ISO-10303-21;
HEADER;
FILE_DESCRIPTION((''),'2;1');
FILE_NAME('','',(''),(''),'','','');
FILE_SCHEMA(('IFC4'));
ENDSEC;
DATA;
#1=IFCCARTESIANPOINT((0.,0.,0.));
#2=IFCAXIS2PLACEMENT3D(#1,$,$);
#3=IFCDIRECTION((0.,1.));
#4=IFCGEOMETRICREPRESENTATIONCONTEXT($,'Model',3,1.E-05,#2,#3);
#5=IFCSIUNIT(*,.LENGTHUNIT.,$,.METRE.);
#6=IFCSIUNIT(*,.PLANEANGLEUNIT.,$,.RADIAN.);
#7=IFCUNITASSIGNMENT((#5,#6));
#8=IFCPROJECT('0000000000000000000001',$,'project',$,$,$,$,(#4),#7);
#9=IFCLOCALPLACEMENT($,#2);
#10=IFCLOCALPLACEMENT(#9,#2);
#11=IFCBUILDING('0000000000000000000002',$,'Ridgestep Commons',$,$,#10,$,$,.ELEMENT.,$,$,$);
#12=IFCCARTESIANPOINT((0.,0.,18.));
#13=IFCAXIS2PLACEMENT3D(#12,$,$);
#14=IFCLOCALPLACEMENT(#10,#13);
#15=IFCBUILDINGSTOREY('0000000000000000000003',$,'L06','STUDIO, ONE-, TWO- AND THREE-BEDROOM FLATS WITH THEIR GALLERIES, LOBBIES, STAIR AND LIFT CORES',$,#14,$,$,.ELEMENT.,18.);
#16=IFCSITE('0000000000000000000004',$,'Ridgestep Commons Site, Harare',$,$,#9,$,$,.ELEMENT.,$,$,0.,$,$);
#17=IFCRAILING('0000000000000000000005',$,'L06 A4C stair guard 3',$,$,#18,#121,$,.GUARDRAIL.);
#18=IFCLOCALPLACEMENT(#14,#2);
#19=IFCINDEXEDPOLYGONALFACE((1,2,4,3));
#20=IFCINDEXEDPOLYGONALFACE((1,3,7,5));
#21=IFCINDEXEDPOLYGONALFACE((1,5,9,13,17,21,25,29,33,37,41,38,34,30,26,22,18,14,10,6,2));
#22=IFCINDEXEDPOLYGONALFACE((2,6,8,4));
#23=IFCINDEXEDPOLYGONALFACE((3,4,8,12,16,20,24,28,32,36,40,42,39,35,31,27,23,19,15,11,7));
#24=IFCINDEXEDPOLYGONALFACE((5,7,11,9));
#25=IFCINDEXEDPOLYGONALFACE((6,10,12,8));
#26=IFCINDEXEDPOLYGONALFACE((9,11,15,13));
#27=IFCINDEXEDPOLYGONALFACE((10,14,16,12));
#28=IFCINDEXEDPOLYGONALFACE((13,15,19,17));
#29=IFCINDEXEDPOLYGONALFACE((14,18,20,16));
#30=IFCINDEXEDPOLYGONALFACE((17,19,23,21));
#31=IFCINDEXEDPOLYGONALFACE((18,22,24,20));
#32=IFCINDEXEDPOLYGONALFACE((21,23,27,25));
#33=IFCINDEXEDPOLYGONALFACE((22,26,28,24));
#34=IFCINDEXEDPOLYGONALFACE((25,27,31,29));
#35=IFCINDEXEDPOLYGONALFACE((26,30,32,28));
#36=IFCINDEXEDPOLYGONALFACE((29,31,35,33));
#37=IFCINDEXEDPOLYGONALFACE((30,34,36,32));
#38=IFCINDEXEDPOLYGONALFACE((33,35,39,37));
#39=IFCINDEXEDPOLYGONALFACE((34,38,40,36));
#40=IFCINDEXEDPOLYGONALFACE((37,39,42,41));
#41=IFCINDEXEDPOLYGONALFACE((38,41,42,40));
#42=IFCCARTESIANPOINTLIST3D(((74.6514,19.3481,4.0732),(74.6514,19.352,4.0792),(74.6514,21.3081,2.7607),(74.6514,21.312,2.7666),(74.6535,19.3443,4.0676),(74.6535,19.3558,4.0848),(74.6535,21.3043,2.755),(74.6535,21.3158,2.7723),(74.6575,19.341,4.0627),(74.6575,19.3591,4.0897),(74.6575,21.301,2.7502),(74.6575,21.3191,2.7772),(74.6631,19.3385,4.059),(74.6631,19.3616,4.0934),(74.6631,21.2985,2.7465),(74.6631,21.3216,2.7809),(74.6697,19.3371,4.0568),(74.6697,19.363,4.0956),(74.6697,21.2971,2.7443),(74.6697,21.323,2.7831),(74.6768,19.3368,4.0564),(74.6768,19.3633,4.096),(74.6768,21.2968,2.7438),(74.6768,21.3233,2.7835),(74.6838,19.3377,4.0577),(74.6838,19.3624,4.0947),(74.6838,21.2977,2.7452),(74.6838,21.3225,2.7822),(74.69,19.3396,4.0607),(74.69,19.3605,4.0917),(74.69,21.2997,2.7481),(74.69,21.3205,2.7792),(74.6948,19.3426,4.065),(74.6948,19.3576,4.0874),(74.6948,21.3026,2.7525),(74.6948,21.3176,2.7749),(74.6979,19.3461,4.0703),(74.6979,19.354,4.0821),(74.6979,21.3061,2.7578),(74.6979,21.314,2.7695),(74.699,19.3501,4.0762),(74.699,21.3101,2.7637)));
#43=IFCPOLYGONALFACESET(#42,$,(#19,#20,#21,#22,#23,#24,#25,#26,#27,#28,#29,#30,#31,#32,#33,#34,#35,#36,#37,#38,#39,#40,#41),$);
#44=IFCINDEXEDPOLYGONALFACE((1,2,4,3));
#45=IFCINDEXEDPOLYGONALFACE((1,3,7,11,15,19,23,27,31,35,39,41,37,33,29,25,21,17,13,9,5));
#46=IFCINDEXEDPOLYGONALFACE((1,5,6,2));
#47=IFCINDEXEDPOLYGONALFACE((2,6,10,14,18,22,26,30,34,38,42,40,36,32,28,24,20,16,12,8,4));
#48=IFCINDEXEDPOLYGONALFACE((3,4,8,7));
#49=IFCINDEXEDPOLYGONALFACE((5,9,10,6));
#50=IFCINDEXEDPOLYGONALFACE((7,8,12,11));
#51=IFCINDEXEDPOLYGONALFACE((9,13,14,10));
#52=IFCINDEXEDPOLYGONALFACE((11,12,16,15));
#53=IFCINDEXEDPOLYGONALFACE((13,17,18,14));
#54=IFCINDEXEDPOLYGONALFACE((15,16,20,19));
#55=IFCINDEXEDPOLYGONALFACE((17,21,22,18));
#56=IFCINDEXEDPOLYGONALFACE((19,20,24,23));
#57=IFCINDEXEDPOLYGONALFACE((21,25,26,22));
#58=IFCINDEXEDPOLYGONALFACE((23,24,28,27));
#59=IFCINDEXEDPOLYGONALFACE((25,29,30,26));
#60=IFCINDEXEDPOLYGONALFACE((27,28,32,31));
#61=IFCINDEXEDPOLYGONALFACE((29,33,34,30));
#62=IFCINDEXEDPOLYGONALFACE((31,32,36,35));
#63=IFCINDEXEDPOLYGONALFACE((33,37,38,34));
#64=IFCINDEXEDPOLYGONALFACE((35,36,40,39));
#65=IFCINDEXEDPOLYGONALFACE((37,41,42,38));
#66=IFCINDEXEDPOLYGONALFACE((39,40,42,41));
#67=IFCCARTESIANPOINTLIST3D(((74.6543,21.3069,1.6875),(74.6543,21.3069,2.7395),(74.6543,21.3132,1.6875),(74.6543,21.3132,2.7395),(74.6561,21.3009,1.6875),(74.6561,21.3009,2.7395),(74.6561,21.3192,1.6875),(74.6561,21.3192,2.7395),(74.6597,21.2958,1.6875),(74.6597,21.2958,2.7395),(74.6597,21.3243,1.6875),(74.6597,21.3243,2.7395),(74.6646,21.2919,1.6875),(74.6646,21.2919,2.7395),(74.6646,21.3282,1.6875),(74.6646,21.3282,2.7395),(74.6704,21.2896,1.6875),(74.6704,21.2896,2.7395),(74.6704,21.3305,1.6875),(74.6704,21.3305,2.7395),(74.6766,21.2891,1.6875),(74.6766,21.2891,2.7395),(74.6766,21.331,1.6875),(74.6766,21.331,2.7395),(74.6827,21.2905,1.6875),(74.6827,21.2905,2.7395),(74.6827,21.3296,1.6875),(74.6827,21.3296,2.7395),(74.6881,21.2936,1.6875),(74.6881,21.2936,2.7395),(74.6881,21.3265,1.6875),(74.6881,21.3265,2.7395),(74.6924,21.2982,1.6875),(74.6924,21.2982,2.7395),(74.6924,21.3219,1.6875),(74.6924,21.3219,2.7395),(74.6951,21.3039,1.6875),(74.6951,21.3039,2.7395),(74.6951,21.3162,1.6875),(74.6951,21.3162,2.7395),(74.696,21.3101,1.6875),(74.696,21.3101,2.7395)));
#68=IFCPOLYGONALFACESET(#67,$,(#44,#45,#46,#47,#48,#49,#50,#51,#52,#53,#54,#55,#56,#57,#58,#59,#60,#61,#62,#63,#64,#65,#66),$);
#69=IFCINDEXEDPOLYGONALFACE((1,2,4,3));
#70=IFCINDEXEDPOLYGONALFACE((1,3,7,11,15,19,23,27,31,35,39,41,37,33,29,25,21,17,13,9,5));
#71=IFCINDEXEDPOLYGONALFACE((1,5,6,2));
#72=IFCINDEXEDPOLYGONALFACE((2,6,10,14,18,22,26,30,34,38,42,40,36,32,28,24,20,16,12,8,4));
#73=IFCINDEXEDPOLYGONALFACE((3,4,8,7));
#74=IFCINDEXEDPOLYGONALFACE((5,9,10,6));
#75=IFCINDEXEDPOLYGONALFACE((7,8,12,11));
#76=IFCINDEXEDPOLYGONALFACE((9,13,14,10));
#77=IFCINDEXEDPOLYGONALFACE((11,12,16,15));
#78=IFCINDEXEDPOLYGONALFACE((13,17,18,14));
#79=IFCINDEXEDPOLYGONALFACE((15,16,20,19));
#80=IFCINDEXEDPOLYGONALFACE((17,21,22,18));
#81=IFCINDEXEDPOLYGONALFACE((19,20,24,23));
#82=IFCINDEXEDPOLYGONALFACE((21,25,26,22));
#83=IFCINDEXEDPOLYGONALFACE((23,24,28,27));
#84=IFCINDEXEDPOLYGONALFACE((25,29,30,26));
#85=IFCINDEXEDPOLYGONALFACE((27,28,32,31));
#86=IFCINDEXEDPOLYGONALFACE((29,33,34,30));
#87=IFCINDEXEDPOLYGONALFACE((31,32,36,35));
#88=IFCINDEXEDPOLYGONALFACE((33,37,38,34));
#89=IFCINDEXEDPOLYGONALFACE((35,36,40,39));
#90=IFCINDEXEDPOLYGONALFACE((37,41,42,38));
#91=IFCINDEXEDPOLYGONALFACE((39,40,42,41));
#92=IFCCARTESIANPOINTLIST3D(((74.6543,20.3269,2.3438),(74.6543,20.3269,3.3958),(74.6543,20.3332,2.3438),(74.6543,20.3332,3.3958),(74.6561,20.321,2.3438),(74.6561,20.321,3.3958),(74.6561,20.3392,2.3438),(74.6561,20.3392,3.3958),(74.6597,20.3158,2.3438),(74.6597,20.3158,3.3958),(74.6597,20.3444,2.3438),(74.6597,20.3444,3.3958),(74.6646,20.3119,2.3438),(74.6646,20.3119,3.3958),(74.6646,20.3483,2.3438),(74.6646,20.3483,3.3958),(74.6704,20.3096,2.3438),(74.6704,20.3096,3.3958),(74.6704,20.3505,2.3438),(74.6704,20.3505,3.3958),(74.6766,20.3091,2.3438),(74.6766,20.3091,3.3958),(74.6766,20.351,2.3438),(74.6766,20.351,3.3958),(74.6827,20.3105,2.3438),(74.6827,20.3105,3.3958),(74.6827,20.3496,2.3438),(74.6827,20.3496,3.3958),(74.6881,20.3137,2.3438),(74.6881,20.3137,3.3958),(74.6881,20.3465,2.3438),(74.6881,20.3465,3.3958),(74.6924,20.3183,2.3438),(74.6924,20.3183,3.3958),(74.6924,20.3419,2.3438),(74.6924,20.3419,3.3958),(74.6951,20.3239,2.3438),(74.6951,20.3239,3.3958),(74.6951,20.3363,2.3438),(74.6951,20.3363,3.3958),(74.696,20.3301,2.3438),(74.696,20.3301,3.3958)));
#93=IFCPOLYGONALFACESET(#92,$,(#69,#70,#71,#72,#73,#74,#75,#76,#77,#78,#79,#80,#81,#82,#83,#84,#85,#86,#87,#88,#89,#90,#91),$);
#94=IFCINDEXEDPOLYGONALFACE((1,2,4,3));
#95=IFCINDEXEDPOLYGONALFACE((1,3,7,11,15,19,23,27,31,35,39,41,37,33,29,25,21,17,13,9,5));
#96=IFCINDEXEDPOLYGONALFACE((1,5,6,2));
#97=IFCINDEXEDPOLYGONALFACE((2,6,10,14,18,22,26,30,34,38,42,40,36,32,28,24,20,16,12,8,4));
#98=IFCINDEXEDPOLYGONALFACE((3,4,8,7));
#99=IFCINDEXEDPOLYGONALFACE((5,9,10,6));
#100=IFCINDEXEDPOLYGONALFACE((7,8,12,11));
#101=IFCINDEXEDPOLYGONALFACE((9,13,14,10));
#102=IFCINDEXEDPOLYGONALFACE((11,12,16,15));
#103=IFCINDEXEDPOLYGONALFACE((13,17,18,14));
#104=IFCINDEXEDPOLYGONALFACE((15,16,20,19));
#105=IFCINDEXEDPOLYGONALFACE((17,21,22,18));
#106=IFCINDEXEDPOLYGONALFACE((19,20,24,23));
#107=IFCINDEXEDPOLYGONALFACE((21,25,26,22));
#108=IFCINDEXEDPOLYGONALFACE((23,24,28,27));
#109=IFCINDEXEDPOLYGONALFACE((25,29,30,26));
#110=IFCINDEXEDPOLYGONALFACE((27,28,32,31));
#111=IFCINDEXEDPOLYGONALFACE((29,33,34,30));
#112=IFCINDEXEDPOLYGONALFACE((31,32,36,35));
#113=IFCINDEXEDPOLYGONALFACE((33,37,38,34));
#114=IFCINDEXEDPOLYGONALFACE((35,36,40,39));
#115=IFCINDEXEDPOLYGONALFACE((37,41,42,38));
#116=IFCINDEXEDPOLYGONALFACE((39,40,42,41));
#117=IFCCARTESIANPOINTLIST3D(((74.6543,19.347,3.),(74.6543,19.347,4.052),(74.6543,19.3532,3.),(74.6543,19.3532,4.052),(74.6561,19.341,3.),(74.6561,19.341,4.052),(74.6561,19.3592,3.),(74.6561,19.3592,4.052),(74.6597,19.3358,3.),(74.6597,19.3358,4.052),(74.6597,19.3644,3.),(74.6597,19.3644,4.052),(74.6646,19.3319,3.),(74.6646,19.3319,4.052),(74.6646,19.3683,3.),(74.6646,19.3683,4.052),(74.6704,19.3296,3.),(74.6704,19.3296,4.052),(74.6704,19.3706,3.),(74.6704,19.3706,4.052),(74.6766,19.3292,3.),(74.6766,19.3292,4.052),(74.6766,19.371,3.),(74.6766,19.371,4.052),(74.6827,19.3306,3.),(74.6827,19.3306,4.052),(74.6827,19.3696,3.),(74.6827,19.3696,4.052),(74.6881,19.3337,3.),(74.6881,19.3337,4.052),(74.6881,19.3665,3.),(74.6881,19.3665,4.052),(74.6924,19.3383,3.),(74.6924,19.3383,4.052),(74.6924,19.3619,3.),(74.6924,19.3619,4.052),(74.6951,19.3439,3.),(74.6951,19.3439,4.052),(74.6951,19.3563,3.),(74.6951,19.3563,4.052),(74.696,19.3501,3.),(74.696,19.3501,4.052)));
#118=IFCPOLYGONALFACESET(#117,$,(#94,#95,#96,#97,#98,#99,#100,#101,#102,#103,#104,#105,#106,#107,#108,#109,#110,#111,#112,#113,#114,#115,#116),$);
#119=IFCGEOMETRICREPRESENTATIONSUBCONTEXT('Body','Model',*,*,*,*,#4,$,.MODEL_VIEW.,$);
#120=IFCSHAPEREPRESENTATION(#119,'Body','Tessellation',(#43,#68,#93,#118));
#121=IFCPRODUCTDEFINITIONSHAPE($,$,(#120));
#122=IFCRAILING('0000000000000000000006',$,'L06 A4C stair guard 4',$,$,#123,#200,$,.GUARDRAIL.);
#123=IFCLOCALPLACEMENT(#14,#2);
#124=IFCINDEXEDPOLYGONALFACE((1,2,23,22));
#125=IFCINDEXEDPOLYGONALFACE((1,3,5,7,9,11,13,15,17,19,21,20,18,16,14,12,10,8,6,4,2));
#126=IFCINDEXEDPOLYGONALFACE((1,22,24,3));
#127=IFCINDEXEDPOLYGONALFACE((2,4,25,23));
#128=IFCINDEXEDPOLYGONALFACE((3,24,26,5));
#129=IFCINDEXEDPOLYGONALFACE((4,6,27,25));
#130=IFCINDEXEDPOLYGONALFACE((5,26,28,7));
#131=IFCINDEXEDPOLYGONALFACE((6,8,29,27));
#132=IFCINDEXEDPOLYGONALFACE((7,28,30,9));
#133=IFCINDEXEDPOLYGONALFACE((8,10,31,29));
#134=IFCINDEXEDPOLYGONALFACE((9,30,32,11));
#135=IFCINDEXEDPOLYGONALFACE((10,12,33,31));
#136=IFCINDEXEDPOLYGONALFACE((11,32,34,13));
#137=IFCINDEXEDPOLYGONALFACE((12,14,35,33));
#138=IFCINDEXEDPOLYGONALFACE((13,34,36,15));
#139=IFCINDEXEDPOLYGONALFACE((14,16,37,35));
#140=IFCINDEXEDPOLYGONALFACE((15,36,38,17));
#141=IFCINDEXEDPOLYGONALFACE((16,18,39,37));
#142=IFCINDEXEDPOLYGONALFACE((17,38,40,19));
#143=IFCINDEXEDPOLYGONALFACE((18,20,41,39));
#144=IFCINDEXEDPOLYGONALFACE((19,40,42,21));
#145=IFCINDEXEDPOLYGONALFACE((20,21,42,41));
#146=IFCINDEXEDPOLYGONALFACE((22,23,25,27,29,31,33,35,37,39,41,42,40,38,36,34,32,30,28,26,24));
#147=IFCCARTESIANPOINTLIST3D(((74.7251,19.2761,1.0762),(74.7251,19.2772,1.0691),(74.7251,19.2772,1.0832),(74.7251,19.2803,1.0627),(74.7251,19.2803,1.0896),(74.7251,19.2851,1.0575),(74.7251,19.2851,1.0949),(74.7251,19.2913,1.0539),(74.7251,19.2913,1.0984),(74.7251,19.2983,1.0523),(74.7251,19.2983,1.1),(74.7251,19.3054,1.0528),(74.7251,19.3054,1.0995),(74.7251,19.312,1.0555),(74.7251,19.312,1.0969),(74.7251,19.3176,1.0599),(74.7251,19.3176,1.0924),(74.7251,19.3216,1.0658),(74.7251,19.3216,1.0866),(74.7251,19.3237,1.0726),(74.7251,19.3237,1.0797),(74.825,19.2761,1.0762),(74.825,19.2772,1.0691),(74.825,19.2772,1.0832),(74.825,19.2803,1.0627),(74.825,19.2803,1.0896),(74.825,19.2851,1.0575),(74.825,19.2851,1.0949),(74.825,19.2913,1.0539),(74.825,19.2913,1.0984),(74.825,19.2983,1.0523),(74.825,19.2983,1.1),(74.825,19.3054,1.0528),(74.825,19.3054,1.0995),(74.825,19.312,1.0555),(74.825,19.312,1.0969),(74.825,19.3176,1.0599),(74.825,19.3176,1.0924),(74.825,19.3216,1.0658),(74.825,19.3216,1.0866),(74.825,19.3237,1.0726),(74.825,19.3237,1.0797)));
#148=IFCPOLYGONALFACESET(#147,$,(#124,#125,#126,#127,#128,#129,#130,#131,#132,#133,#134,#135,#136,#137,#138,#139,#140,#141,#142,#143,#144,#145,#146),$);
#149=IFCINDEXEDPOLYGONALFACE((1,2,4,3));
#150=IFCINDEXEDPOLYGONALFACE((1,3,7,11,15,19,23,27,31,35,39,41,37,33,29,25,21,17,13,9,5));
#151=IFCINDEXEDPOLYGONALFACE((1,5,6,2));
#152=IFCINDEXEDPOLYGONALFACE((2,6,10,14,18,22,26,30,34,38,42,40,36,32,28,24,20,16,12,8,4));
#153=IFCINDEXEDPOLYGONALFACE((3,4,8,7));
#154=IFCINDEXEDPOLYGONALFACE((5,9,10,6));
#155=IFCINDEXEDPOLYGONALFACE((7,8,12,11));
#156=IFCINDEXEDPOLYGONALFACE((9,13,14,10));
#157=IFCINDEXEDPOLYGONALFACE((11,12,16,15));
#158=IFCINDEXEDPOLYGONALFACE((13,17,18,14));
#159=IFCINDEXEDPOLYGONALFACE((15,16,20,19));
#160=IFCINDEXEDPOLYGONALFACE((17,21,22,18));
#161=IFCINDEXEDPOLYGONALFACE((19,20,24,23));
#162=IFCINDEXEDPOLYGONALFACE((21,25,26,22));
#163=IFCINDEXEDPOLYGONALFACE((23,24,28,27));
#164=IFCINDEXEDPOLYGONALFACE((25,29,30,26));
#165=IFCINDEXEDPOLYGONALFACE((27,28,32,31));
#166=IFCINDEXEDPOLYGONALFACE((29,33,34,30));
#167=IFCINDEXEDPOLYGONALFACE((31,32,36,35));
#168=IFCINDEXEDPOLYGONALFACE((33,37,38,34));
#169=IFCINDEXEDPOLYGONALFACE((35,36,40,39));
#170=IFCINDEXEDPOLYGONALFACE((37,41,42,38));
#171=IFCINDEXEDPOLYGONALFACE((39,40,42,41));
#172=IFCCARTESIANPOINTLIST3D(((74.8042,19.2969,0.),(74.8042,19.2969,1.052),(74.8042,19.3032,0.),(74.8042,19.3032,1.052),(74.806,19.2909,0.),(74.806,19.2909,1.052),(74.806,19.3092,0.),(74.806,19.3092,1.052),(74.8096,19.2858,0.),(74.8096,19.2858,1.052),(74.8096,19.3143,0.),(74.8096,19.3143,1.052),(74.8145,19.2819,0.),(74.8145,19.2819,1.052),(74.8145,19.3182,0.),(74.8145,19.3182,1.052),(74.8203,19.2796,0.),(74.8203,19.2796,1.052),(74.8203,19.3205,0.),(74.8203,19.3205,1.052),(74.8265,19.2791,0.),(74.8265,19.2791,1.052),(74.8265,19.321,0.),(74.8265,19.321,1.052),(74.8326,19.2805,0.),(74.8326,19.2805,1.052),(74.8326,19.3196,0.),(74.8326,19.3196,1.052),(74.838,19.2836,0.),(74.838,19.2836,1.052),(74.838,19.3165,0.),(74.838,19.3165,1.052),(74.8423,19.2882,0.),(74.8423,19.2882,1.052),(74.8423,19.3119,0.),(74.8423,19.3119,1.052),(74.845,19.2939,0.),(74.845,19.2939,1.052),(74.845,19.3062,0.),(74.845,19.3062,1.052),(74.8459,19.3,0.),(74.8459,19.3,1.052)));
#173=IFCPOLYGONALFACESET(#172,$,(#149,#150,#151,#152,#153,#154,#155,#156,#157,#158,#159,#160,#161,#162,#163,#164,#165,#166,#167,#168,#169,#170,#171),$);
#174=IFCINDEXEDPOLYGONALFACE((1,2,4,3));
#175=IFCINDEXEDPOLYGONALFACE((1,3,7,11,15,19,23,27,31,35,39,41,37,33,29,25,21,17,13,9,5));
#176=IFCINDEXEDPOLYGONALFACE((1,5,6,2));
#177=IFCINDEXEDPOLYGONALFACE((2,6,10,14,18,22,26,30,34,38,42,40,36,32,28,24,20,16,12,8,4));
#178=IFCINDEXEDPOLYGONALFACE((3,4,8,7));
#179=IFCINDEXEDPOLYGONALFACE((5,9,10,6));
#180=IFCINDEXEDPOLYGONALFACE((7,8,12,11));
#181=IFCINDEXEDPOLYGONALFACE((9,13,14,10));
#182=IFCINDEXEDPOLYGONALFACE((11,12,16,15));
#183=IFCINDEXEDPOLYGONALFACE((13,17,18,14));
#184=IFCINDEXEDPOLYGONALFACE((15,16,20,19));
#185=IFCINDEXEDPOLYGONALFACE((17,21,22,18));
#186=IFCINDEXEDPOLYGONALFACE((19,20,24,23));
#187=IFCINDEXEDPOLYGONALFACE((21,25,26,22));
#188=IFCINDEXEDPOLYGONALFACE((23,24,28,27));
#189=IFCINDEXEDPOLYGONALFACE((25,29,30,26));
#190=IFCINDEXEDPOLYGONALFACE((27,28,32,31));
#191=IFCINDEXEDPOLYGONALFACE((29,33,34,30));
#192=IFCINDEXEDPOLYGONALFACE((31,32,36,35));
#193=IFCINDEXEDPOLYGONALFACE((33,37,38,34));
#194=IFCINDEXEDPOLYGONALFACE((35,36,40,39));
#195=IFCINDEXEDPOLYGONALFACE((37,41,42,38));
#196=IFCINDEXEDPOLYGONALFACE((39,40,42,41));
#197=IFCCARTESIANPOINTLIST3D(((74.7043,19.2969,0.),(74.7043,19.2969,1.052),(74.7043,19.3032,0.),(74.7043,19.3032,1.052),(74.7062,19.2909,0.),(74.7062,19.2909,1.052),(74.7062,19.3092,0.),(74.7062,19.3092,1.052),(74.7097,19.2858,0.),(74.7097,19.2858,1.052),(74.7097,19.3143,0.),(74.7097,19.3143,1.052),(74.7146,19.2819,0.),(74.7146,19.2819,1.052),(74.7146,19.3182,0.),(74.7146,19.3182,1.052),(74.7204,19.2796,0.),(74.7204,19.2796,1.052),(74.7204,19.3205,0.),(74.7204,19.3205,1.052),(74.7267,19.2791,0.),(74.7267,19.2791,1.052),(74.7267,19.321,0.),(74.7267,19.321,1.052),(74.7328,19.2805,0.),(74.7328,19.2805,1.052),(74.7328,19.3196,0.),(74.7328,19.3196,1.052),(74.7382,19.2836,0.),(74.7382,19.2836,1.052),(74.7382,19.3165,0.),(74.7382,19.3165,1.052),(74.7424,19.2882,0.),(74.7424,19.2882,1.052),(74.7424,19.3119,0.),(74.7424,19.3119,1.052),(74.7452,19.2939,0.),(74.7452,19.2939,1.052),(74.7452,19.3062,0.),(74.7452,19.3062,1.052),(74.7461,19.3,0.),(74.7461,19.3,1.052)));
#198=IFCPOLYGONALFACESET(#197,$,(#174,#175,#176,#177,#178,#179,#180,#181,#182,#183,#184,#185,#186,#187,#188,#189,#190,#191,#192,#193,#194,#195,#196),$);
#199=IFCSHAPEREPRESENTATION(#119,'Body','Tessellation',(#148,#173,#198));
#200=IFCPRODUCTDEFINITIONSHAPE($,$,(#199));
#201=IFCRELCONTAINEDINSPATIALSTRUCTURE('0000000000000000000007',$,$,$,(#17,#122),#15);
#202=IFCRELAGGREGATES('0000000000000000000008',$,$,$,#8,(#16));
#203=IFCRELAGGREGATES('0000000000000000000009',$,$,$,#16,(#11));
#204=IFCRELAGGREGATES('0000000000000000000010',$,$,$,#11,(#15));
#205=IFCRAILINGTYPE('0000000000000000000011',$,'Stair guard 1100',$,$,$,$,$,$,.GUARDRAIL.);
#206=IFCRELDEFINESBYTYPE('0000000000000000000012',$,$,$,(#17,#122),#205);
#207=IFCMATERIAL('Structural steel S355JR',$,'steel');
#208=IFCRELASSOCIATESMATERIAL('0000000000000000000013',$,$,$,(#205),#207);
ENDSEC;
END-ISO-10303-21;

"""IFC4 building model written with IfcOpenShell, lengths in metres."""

from ifc_helpers import new_model, si_unit, direction, frame, origin, origin_2d, place, context, subcontext, project, spatial, circle, extrude, material, type_object, element, save


model = new_model("IFC4")

# Units and contexts
model_context = context("Model", 3, precision=1e-05, world=origin(), true_north=direction((0.0, 1.0)))
body_context = subcontext(model_context, "Body", "Model", "MODEL_VIEW")
ifc_project = project(units=[si_unit("LENGTHUNIT", "METRE"), si_unit("PLANEANGLEUNIT", "RADIAN")], contexts=[model_context])

# Site, building, storey
site_placement = place(None, origin())
site = spatial("IfcSite", under=ifc_project, at=site_placement, Name="Ridgestep Commons Site, Harare", CompositionType="ELEMENT", RefElevation=0.0)
building_placement = place(site_placement, origin())
building = spatial("IfcBuilding", under=site, at=building_placement, Name="Ridgestep Commons", CompositionType="ELEMENT")
storey_placement = place(building_placement, frame((0.0, 0.0, 18.0)))
storey = spatial("IfcBuildingStorey", under=building, at=storey_placement, Name="L06", Description="STUDIO, ONE-, TWO- AND THREE-BEDROOM FLATS WITH THEIR GALLERIES, LOBBIES, STAIR AND LIFT CORES", CompositionType="ELEMENT", Elevation=18.0)

# Railings
ifc_material_1 = material(Name="Structural steel S355JR", Category="steel")
railing_type_1 = type_object("IfcRailingType", Name="Stair guard 1100", PredefinedType="GUARDRAIL", material=ifc_material_1)
railing_1_placement = place(storey_placement, frame((74.675, 21.3101, 1.6875)))
element("IfcRailing", 1, at=railing_1_placement, inside=storey, type_object=railing_type_1, Name="L06 A4C stair guard 3", PredefinedType="GUARDRAIL", context=body_context, shape_type="SweptSolid", body=[
    extrude(circle(Radius=0.0239, at=origin_2d()), frame((0.0, 0.0, 1.0762), z_axis=(0.0, -0.830902, 0.556419), x_axis=(1.0, 0.0, 0.0)), (0.0, 0.0, 1.0), 2.3589),
    extrude(circle(Radius=0.021, at=origin_2d()), origin(), (0.0, 0.0, 1.0), 1.052),
    extrude(circle(Radius=0.021, at=origin_2d()), frame((0.0, -0.98, 0.6562)), (0.0, 0.0, 1.0), 1.052),
    extrude(circle(Radius=0.021, at=origin_2d()), frame((0.0, -1.96, 1.3125)), (0.0, 0.0, 1.0), 1.052),
])
railing_2_placement = place(storey_placement, frame((74.825, 19.3, 0.0)))
element("IfcRailing", 2, at=railing_2_placement, inside=storey, type_object=railing_type_1, Name="L06 A4C stair guard 4", PredefinedType="GUARDRAIL", context=body_context, shape_type="SweptSolid", body=[
    extrude(circle(Radius=0.0239, at=origin_2d()), frame((0.0, 0.0, 1.0762), z_axis=(-1.0, 0.0, 0.0), x_axis=(0.0, -1.0, 0.0)), (0.0, 0.0, 1.0), 0.0999),
    extrude(circle(Radius=0.021, at=origin_2d()), origin(), (0.0, 0.0, 1.0), 1.052),
    extrude(circle(Radius=0.021, at=origin_2d()), frame((-0.0999, 0.0, 0.0)), (0.0, 0.0, 1.0), 1.052),
])

save(model, "model.ifc")
